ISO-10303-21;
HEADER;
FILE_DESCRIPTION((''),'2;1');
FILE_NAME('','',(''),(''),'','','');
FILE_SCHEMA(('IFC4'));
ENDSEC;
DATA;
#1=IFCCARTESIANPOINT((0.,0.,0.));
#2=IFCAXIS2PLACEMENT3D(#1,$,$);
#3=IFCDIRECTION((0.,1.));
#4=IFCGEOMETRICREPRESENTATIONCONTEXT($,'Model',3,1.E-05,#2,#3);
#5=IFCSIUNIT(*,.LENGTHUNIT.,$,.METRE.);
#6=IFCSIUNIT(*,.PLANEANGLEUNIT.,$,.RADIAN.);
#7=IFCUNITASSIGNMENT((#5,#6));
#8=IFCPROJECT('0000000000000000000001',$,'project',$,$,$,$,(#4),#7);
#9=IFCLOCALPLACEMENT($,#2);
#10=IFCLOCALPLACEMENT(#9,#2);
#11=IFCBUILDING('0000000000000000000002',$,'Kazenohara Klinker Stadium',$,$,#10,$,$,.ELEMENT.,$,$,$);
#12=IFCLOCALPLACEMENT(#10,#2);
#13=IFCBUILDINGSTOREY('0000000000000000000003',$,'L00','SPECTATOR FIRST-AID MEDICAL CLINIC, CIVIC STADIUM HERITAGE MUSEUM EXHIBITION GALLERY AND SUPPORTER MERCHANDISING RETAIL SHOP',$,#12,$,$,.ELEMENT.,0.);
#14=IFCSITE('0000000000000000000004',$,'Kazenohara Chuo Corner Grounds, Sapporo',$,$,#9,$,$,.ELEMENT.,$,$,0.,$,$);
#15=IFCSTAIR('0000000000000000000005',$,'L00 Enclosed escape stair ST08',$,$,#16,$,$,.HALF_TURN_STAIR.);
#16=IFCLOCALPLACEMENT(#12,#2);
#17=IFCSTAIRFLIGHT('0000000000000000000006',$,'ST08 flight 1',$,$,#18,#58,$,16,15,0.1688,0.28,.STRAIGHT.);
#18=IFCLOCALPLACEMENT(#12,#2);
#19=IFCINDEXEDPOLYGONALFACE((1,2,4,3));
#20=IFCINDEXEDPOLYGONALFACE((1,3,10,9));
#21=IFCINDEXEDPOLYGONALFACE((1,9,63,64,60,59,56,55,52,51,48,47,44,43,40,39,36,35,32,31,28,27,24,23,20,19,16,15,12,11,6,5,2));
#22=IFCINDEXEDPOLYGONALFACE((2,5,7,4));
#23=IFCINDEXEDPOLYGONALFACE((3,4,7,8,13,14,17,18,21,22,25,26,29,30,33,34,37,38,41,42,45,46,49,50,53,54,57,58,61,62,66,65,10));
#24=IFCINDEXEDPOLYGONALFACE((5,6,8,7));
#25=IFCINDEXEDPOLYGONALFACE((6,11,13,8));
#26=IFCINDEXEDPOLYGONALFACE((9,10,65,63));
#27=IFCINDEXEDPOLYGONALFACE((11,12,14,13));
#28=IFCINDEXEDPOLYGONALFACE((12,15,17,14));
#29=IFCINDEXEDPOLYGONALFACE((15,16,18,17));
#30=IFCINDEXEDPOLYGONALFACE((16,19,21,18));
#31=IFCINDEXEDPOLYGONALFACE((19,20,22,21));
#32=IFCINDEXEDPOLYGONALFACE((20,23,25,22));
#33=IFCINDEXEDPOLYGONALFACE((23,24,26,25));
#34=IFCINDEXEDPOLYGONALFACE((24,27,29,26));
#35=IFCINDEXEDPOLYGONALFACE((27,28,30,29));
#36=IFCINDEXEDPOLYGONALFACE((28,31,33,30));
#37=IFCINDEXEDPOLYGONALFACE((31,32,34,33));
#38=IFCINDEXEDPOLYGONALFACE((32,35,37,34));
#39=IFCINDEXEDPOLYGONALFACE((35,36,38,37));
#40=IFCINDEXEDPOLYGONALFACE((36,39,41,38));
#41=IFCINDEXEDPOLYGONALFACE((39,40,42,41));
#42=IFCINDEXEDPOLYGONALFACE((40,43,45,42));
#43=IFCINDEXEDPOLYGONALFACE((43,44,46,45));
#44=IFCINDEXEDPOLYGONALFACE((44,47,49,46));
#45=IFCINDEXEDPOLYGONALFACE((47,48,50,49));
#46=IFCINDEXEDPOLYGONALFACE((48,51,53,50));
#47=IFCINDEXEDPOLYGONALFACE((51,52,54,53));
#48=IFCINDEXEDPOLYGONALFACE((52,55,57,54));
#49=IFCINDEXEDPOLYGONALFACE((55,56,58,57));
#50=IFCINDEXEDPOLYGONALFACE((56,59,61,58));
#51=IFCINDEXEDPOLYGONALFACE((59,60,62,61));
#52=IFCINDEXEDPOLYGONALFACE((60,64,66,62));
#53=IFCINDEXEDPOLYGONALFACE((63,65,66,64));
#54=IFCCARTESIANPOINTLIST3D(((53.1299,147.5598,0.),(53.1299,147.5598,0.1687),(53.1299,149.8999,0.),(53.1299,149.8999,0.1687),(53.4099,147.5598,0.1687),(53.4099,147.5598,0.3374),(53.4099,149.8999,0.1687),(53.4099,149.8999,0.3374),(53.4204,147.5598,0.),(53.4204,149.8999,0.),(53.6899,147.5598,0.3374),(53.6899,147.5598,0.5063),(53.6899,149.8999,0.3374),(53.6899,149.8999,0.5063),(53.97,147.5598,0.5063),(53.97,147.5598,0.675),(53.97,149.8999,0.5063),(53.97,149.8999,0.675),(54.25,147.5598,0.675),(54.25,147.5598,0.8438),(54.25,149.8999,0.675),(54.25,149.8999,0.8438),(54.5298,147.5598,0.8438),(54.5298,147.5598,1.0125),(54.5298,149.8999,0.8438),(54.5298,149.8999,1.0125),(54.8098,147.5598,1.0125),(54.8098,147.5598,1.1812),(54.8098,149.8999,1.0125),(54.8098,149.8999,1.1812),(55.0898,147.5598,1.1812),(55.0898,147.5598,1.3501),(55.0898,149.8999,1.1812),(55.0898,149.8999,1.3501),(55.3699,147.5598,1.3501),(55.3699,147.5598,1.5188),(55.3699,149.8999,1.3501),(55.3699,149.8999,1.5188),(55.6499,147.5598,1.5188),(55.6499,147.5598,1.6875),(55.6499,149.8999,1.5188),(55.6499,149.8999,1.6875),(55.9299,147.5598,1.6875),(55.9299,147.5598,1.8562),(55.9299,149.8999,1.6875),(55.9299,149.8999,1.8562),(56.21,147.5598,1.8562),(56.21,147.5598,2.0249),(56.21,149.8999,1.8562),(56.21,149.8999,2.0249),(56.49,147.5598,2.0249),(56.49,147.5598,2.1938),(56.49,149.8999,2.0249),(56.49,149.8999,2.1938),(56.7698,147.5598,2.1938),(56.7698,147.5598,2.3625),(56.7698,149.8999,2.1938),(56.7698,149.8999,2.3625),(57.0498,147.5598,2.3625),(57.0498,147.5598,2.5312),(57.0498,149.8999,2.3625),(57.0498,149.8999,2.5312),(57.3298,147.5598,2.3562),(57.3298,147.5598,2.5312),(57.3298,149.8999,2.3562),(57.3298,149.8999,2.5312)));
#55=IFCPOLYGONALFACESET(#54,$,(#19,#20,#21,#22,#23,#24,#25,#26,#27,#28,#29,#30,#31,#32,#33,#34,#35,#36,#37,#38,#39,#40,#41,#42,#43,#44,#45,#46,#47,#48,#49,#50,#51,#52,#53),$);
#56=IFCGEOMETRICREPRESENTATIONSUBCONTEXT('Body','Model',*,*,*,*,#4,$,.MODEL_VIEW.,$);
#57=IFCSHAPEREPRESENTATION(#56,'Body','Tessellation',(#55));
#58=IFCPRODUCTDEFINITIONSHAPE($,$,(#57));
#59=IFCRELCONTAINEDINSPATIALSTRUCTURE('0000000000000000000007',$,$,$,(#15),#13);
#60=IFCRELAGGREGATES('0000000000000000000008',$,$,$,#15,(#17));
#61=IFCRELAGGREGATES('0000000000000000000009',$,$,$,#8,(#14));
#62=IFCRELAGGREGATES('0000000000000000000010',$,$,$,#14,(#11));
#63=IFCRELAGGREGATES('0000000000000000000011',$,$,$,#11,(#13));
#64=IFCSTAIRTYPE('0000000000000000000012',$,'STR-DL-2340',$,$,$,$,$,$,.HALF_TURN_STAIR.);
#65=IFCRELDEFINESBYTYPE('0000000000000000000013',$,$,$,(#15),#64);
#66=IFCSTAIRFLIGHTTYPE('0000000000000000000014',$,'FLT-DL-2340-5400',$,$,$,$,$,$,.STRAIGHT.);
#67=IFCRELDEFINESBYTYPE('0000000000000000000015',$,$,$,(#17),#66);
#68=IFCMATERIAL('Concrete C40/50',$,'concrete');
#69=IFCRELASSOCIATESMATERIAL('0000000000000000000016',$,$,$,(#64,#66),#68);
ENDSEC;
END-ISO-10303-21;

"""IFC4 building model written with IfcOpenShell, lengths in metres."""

from ifc_helpers import new_model, si_unit, direction, frame, origin, place, context, subcontext, project, spatial, polyline, outline, extrude, material, type_object, element, aggregate, save


model = new_model("IFC4")

# Units and contexts
model_context = context("Model", 3, precision=1e-05, world=origin(), true_north=direction((0.0, 1.0)))
body_context = subcontext(model_context, "Body", "Model", "MODEL_VIEW")
ifc_project = project(units=[si_unit("LENGTHUNIT", "METRE"), si_unit("PLANEANGLEUNIT", "RADIAN")], contexts=[model_context])

# Site, building, storey
site_placement = place(None, origin())
site = spatial("IfcSite", under=ifc_project, at=site_placement, Name="Kazenohara Chuo Corner Grounds, Sapporo", CompositionType="ELEMENT", RefElevation=0.0)
building_placement = place(site_placement, origin())
building = spatial("IfcBuilding", under=site, at=building_placement, Name="Kazenohara Klinker Stadium", CompositionType="ELEMENT")
storey_placement = place(building_placement, origin())
storey = spatial("IfcBuildingStorey", under=building, at=storey_placement, Name="L00", Description="SPECTATOR FIRST-AID MEDICAL CLINIC, CIVIC STADIUM HERITAGE MUSEUM EXHIBITION GALLERY AND SUPPORTER MERCHANDISING RETAIL SHOP", CompositionType="ELEMENT", Elevation=0.0)

# Shared definitions
ifc_material_1 = material(Name="Concrete C40/50", Category="concrete")

# Stair, stair flight
stair_type = type_object("IfcStairType", Name="STR-DL-2340", PredefinedType="HALF_TURN_STAIR", material=ifc_material_1)
stair_placement = place(storey_placement, origin())
stair = element("IfcStair", 1, at=stair_placement, inside=storey, type_object=stair_type, Name="L00 Enclosed escape stair ST08", PredefinedType="HALF_TURN_STAIR")
stair_flight_type = type_object("IfcStairFlightType", Name="FLT-DL-2340-5400", PredefinedType="STRAIGHT", material=ifc_material_1)
stair_flight_placement = place(storey_placement, frame((53.1299, 148.73, 0.0), z_axis=(0.0, 0.0, 1.0), x_axis=(1.0, 0.0, 0.0)))
stair_flight = element("IfcStairFlight", 2, at=stair_flight_placement, type_object=stair_flight_type, Name="ST08 flight 1", NumberOfRisers=16, NumberOfTreads=15, PredefinedType="STRAIGHT", RiserHeight=0.1688, TreadLength=0.28, context=body_context, shape_type="SweptSolid", body=[
    extrude(outline(polyline([(0.0, 0.0), (0.0, 0.1687), (0.28, 0.1687), (0.28, 0.3374), (0.5601, 0.3374), (0.5601, 0.5063), (0.8401, 0.5063), (0.8401, 0.675), (1.1201, 0.675), (1.1201, 0.8438), (1.3999, 0.8438), (1.3999, 1.0125), (1.6799, 1.0125), (1.6799, 1.1812), (1.96, 1.1812), (1.96, 1.3501), (2.24, 1.3501), (2.24, 1.5188), (2.52, 1.5188), (2.52, 1.6875), (2.8, 1.6875), (2.8, 1.8562), (3.0801, 1.8562), (3.0801, 2.0249), (3.3601, 2.0249), (3.3601, 2.1938), (3.6399, 2.1938), (3.6399, 2.3625), (3.9199, 2.3625), (3.9199, 2.5312), (4.2, 2.5312), (4.2, 2.7), (4.2, 2.3562), (0.2905, 0.0), (0.0, 0.0)])), frame((0.0, 1.1699, 0.0), z_axis=(0.0, -1.0, 0.0), x_axis=(1.0, 0.0, 0.0)), (0.0, 0.0, 1.0), 2.3401),
])
aggregate(stair, [stair_flight])

save(model, "model.ifc")
